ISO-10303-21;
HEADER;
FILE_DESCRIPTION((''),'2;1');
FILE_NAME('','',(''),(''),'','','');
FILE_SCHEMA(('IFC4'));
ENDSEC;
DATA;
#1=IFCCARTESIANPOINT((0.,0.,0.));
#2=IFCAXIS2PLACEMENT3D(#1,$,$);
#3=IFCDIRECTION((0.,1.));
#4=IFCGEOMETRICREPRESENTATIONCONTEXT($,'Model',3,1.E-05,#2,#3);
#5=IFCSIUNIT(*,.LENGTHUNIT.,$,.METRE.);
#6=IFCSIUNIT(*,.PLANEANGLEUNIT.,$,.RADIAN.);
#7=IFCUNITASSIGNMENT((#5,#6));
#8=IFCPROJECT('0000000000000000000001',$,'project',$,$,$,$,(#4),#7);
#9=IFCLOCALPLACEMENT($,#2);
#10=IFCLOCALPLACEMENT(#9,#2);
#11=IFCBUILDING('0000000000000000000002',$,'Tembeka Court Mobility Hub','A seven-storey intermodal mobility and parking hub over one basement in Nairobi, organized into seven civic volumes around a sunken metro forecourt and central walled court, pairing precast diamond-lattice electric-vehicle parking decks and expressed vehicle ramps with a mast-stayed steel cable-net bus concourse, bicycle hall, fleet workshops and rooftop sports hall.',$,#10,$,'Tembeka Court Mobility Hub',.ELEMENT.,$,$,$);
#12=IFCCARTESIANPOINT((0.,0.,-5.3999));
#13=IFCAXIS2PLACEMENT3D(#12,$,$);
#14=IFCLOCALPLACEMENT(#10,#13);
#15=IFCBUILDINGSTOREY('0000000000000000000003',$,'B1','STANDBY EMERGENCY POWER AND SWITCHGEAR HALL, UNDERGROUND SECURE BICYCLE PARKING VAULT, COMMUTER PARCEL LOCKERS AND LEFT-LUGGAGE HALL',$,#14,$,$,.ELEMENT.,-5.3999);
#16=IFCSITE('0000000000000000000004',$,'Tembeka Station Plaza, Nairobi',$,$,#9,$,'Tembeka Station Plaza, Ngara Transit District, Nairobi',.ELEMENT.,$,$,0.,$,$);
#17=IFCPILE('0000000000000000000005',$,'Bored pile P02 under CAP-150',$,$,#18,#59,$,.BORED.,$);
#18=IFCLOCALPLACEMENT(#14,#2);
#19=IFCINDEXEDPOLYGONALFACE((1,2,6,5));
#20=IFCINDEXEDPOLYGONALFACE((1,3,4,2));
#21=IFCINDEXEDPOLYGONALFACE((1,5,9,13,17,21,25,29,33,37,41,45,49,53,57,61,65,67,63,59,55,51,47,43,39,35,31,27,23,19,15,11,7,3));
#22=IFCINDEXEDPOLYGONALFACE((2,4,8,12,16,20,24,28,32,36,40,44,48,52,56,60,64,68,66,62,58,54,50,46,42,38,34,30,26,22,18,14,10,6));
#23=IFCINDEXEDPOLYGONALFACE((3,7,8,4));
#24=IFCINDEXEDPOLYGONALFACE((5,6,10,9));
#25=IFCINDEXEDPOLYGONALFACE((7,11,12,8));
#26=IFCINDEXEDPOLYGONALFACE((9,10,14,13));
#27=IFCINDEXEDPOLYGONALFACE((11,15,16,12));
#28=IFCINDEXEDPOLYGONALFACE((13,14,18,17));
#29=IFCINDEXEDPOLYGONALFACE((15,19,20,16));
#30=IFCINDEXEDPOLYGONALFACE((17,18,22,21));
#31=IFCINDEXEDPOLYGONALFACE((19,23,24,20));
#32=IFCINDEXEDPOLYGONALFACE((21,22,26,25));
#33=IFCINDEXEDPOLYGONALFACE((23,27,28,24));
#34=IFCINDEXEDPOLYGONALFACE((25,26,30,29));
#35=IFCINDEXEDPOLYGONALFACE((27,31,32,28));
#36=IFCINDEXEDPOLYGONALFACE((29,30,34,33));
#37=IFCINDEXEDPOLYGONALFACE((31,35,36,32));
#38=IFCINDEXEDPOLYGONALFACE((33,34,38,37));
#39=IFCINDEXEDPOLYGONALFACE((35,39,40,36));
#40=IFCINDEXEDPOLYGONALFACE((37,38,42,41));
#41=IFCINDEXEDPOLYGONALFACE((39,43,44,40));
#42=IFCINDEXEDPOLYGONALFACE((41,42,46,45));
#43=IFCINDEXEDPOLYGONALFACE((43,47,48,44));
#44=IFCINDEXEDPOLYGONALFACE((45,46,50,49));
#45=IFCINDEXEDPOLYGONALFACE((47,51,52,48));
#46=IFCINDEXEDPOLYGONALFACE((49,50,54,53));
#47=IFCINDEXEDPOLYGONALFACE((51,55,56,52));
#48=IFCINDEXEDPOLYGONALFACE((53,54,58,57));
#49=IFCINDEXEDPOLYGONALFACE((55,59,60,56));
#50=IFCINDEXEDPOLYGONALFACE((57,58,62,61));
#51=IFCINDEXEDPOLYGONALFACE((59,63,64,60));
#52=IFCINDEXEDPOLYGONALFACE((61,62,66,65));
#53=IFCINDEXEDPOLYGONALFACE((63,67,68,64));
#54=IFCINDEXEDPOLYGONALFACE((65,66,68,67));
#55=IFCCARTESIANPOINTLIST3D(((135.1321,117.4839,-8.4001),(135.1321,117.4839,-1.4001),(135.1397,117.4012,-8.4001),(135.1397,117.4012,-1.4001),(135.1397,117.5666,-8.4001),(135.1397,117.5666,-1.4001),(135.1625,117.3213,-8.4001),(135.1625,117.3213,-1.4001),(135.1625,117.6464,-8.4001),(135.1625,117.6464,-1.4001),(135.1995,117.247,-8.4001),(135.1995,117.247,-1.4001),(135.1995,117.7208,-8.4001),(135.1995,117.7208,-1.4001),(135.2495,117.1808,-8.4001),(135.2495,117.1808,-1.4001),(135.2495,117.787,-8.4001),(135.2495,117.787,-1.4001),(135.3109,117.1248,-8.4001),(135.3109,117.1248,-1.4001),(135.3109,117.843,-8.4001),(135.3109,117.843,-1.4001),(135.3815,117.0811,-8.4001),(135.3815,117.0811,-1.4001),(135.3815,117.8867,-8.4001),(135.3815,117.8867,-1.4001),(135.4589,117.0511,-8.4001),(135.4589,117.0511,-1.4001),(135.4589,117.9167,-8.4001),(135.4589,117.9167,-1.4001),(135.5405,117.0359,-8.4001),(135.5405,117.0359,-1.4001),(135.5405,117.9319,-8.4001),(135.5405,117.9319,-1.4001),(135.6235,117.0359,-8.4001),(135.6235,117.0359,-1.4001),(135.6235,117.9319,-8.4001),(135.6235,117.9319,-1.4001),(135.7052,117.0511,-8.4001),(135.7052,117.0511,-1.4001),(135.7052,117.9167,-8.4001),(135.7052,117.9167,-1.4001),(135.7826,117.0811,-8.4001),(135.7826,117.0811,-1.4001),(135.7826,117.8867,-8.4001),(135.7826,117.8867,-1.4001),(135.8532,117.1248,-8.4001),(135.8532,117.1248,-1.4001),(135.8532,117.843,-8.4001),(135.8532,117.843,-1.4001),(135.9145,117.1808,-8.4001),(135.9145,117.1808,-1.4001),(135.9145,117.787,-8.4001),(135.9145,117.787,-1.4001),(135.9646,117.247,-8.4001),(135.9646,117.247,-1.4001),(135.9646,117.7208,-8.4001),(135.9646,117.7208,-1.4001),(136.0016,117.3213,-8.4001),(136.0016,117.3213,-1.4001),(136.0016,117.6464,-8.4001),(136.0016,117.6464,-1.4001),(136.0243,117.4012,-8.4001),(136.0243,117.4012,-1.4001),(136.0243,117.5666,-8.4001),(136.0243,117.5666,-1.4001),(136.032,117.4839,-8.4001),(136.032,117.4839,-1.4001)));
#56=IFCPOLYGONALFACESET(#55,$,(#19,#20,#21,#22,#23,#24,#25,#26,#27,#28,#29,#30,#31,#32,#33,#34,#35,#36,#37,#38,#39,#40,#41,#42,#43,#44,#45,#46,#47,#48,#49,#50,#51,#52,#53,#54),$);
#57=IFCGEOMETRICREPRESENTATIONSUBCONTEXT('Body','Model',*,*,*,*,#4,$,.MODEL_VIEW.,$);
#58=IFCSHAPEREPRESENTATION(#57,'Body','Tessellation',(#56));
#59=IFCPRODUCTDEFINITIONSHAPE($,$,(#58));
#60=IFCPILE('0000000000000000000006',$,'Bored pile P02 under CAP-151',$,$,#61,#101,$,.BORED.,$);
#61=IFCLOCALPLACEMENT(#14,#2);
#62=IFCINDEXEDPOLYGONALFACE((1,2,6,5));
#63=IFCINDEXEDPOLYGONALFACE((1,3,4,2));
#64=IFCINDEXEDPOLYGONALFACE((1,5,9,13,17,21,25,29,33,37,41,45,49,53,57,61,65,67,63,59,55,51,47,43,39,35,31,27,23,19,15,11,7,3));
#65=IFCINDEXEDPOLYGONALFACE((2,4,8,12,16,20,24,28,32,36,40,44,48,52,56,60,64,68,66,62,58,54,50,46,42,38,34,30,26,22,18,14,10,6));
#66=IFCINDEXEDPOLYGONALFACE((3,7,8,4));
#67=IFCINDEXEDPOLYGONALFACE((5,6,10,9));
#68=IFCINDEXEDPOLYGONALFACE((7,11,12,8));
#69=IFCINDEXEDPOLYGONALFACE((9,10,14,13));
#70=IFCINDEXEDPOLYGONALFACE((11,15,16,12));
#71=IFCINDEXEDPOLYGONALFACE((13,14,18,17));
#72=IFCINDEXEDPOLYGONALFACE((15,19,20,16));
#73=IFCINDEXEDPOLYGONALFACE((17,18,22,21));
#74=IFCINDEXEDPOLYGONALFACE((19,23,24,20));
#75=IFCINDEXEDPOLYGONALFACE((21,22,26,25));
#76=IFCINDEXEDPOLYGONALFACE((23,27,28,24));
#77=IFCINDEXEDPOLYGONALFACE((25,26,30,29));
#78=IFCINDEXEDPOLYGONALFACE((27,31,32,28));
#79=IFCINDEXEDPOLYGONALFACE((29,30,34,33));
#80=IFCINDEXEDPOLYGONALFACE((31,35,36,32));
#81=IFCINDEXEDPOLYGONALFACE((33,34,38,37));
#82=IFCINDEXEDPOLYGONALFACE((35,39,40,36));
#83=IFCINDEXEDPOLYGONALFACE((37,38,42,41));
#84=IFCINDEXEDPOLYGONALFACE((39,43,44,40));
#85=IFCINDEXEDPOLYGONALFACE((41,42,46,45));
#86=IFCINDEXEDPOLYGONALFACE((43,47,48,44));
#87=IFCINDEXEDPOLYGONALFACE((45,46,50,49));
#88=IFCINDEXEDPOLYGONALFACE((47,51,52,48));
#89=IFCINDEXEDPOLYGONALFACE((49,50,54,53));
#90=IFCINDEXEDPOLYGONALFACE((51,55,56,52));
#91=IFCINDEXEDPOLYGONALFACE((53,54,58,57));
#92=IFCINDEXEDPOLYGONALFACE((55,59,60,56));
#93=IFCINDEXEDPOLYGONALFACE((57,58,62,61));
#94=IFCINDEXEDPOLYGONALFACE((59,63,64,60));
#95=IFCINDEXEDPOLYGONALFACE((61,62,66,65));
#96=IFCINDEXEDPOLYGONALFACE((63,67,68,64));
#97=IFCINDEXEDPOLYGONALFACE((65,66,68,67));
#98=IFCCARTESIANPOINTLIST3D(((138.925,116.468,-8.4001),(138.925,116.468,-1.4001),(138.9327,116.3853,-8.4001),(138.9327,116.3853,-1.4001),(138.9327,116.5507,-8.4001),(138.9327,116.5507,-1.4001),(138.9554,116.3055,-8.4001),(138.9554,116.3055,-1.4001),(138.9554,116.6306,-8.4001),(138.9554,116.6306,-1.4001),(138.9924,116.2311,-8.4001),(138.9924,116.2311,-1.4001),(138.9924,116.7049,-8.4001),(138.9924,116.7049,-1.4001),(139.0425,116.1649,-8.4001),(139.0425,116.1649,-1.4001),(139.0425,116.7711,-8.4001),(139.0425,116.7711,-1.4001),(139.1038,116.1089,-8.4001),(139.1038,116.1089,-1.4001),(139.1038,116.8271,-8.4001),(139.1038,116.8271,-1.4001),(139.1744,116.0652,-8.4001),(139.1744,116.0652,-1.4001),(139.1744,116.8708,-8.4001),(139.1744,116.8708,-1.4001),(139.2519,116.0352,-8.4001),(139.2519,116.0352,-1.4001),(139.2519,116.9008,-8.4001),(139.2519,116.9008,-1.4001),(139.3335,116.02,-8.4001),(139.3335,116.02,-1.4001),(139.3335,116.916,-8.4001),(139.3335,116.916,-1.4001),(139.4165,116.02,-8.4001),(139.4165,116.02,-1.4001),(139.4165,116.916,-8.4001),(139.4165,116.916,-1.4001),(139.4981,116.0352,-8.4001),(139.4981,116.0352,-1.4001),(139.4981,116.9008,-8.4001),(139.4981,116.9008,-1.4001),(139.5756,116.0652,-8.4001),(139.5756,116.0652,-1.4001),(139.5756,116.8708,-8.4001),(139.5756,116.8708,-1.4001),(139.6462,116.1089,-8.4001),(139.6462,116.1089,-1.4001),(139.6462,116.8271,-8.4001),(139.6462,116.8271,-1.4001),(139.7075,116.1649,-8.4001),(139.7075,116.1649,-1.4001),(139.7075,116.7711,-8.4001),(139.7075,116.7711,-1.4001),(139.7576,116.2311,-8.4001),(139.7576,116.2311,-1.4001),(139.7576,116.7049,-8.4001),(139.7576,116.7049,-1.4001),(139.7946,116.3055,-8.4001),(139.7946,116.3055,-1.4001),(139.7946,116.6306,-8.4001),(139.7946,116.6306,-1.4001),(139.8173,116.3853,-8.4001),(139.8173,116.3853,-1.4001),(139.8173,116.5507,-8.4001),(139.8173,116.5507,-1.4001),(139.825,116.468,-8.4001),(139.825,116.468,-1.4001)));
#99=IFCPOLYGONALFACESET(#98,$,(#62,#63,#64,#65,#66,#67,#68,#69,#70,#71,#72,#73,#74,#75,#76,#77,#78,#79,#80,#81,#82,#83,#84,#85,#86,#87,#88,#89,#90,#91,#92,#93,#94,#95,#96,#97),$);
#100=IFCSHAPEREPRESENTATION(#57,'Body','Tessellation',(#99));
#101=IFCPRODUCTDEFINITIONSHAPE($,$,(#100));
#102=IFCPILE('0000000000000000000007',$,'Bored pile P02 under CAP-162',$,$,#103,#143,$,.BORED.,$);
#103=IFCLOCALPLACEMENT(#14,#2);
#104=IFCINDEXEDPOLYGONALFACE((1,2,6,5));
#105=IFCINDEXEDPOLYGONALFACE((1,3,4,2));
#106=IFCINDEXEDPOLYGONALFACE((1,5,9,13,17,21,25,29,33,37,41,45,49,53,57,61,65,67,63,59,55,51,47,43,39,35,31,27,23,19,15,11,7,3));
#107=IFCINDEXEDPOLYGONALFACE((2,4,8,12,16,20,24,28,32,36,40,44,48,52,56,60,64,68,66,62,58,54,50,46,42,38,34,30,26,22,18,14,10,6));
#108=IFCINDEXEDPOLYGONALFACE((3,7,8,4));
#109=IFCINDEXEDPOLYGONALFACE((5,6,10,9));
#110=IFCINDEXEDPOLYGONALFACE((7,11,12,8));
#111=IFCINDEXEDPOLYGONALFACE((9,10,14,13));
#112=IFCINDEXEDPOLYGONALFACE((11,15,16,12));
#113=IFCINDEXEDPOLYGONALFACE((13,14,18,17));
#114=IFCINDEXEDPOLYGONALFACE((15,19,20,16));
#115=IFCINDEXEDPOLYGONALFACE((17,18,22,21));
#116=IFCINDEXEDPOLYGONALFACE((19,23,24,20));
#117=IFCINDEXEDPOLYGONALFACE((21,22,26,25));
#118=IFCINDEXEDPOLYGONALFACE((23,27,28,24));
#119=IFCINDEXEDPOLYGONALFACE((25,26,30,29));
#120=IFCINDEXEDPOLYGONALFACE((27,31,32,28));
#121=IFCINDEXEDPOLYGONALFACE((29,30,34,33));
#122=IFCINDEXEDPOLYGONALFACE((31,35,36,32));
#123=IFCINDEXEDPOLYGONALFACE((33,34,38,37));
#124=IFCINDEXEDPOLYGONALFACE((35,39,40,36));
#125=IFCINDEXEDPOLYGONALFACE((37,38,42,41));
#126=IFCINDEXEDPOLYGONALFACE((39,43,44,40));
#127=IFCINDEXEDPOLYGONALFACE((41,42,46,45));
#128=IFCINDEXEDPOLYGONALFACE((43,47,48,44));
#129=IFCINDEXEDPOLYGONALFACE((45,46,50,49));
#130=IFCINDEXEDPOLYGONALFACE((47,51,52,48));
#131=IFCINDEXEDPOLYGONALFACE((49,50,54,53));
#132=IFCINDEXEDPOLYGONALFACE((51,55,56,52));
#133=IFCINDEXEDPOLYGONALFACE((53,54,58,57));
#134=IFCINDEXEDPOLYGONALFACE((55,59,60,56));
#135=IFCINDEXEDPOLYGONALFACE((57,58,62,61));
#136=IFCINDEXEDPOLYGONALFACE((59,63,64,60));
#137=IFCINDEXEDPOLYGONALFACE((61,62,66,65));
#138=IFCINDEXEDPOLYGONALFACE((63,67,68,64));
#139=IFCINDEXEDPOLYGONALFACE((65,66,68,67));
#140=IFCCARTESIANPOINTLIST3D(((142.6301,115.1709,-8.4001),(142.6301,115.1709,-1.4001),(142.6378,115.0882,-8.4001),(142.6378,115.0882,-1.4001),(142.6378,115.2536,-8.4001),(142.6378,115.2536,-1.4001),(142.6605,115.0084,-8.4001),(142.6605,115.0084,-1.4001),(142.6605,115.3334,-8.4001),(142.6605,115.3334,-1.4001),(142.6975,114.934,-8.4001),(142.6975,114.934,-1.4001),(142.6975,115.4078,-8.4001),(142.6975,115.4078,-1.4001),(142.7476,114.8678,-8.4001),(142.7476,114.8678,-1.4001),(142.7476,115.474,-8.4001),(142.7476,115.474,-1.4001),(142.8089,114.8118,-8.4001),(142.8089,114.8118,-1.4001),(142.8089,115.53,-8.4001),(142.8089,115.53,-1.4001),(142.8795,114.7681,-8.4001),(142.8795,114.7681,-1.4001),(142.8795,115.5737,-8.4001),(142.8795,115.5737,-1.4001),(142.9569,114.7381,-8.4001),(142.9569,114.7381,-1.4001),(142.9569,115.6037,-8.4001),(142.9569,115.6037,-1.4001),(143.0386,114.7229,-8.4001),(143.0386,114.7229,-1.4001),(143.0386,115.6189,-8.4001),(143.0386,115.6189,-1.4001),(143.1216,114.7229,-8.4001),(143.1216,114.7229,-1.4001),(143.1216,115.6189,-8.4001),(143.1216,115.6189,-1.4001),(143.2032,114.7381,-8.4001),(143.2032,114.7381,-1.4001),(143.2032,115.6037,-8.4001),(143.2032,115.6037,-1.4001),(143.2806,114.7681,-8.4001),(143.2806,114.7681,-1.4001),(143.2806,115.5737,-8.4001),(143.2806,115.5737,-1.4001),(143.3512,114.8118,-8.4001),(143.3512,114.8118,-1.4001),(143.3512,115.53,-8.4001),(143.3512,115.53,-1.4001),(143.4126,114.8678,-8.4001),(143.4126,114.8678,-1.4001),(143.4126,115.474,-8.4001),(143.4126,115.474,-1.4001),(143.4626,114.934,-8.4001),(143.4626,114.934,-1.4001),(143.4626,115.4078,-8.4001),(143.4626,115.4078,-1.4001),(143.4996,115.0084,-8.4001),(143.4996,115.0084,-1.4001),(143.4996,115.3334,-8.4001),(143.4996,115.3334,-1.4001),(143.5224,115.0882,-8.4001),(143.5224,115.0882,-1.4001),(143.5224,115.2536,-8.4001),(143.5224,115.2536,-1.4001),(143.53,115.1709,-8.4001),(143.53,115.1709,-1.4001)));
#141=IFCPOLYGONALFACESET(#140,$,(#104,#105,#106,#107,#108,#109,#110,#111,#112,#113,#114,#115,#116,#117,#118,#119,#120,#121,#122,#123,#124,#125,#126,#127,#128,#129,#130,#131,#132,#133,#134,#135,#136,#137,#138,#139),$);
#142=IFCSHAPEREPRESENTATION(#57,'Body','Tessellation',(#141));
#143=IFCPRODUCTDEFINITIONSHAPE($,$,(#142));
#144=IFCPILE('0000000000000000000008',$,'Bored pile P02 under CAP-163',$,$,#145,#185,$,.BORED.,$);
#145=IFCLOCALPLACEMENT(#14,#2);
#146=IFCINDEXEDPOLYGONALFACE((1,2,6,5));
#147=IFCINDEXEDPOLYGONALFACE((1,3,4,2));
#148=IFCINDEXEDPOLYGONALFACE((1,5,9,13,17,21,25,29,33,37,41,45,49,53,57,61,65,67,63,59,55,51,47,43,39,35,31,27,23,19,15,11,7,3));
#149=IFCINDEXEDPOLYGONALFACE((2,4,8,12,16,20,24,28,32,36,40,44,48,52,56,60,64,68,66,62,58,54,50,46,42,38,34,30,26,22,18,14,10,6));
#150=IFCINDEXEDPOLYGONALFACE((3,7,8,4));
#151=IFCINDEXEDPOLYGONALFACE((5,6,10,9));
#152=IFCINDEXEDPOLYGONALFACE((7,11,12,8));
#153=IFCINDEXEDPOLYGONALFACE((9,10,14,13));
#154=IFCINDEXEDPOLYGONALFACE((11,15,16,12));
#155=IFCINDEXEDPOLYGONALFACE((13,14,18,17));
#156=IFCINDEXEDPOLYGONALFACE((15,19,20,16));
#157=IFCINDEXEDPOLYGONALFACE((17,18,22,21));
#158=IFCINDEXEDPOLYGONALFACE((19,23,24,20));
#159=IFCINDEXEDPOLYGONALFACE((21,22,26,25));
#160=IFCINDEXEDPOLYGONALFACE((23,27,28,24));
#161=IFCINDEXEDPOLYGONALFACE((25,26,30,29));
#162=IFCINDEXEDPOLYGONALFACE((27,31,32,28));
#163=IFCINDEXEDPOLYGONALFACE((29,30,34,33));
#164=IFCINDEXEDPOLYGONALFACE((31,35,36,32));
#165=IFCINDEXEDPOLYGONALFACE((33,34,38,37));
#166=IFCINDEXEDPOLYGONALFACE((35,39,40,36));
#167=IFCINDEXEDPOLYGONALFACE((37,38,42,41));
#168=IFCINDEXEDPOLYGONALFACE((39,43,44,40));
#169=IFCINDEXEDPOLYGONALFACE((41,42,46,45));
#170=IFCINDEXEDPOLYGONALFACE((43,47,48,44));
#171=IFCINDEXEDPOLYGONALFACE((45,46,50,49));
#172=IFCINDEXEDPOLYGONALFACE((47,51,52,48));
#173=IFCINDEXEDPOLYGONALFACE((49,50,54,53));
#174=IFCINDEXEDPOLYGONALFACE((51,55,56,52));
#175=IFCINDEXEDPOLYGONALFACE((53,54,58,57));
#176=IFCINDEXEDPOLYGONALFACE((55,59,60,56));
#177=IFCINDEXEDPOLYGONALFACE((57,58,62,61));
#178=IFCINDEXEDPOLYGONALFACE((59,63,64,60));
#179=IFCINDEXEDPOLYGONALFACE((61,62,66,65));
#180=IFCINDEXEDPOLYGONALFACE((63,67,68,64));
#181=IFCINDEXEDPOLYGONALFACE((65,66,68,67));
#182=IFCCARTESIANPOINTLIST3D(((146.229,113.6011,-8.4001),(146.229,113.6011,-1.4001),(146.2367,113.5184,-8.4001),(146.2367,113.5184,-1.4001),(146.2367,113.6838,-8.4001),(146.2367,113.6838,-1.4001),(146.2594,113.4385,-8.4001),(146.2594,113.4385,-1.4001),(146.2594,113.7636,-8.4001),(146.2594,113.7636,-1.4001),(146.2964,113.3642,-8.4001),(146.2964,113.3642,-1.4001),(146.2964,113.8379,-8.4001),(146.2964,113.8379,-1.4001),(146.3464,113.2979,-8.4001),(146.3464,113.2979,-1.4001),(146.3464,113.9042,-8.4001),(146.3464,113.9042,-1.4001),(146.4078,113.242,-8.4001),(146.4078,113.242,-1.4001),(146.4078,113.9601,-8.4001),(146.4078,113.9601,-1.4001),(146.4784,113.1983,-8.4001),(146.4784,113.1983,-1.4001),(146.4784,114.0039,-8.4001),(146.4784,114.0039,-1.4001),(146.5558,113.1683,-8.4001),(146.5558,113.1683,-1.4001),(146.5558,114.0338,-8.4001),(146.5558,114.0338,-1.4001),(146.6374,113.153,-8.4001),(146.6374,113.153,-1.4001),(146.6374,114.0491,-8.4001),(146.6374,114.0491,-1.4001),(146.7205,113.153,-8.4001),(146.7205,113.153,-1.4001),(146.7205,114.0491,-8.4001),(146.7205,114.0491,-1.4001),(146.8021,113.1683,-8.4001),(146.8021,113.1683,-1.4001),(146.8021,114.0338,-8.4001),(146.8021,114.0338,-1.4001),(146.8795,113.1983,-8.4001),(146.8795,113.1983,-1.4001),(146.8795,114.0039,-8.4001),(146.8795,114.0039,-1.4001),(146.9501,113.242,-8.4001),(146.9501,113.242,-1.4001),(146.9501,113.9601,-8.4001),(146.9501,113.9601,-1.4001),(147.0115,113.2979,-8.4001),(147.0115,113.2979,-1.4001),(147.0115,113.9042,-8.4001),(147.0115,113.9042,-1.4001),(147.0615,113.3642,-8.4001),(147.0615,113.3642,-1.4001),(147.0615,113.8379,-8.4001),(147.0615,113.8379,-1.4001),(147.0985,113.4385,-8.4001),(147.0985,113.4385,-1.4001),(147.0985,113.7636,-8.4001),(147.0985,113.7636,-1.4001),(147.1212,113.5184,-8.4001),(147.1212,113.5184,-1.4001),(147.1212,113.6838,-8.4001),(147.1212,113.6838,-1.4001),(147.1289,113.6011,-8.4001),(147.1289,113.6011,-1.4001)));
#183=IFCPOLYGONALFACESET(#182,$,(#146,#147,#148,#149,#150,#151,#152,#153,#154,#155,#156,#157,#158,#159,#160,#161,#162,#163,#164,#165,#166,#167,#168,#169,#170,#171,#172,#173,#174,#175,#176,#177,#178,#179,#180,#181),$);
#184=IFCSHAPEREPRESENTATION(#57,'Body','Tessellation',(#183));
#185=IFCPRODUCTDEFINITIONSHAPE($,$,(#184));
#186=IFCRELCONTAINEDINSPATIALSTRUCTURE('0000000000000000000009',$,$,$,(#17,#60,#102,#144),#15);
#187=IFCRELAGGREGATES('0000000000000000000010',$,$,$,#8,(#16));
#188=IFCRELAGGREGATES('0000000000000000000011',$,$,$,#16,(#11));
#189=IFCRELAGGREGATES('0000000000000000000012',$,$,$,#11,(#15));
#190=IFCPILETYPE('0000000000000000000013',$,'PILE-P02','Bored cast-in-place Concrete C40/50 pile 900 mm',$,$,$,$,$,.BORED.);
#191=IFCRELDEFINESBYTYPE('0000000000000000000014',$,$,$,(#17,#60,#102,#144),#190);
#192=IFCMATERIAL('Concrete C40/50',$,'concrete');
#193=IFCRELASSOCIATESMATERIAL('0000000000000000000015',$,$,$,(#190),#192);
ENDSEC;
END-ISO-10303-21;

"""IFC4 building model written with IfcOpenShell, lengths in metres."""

from ifc_helpers import new_model, si_unit, direction, frame, origin, origin_2d, place, context, subcontext, project, spatial, circle, extrude, material, material_profile, profile_set, type_object, element, save


model = new_model("IFC4")

# Units and contexts
model_context = context("Model", 3, precision=1e-05, world=origin(), true_north=direction((0.0, 1.0)))
body_context = subcontext(model_context, "Body", "Model", "MODEL_VIEW")
ifc_project = project(units=[si_unit("LENGTHUNIT", "METRE"), si_unit("PLANEANGLEUNIT", "RADIAN")], contexts=[model_context])

# Site, building, storey
site_placement = place(None, origin())
site = spatial("IfcSite", under=ifc_project, at=site_placement, Name="Tembeka Station Plaza, Nairobi", LongName="Tembeka Station Plaza, Ngara Transit District, Nairobi", CompositionType="ELEMENT", RefElevation=0.0)
building_placement = place(site_placement, origin())
building = spatial("IfcBuilding", under=site, at=building_placement, Name="Tembeka Court Mobility Hub", Description="A seven-storey intermodal mobility and parking hub over one basement in Nairobi, organized into seven civic volumes around a sunken metro forecourt and central walled court, pairing precast diamond-lattice electric-vehicle parking decks and expressed vehicle ramps with a mast-stayed steel cable-net bus concourse, bicycle hall, fleet workshops and rooftop sports hall.", LongName="Tembeka Court Mobility Hub", CompositionType="ELEMENT")
storey_placement = place(building_placement, frame((0.0, 0.0, -5.3999)))
storey = spatial("IfcBuildingStorey", under=building, at=storey_placement, Name="B1", Description="STANDBY EMERGENCY POWER AND SWITCHGEAR HALL, UNDERGROUND SECURE BICYCLE PARKING VAULT, COMMUTER PARCEL LOCKERS AND LEFT-LUGGAGE HALL", CompositionType="ELEMENT", Elevation=-5.3999)

# Shared definitions
ifc_material_1 = material(Name="Concrete C40/50", Category="concrete")

# Piles
ifc_material_profile_1 = material_profile(ifc_material_1, circle(Radius=0.45, at=origin_2d()), Name="PILE D900")
ifc_profile_set_1 = profile_set([ifc_material_profile_1], Name="Concrete C40/50")
pile_type = type_object("IfcPileType", Name="PILE-P02", Description="Bored cast-in-place Concrete C40/50 pile 900 mm", PredefinedType="BORED", material=ifc_profile_set_1)
for number, where, z_axis, x_axis, name in (
    (1, (135.582, 117.4839, -1.4001), (0.0, 0.0, -1.0), (1.0, 0.0, 0.0), "Bored pile P02 under CAP-150"),
    (2, (139.375, 116.468, -1.4001), (0.0, 0.0, -1.0), (1.0, 0.0, 0.0), "Bored pile P02 under CAP-151"),
    (3, (143.0801, 115.1709, -1.4001), (0.0, 0.0, -1.0), (1.0, 0.0, 0.0), "Bored pile P02 under CAP-162"),
    (4, (146.679, 113.6011, -1.4001), (0.0, 0.0, -1.0), (1.0, 0.0, 0.0), "Bored pile P02 under CAP-163"),
):
    element("IfcPile", number, at=place(storey_placement, frame(where, z_axis=z_axis, x_axis=x_axis)), inside=storey, type_object=pile_type, Name=name, PredefinedType="BORED", context=body_context, shape_type="SweptSolid", body=[
        extrude(circle(Radius=0.45, at=origin_2d()), origin(), (0.0, 0.0, 1.0), 7.0),
    ])

save(model, "model.ifc")
